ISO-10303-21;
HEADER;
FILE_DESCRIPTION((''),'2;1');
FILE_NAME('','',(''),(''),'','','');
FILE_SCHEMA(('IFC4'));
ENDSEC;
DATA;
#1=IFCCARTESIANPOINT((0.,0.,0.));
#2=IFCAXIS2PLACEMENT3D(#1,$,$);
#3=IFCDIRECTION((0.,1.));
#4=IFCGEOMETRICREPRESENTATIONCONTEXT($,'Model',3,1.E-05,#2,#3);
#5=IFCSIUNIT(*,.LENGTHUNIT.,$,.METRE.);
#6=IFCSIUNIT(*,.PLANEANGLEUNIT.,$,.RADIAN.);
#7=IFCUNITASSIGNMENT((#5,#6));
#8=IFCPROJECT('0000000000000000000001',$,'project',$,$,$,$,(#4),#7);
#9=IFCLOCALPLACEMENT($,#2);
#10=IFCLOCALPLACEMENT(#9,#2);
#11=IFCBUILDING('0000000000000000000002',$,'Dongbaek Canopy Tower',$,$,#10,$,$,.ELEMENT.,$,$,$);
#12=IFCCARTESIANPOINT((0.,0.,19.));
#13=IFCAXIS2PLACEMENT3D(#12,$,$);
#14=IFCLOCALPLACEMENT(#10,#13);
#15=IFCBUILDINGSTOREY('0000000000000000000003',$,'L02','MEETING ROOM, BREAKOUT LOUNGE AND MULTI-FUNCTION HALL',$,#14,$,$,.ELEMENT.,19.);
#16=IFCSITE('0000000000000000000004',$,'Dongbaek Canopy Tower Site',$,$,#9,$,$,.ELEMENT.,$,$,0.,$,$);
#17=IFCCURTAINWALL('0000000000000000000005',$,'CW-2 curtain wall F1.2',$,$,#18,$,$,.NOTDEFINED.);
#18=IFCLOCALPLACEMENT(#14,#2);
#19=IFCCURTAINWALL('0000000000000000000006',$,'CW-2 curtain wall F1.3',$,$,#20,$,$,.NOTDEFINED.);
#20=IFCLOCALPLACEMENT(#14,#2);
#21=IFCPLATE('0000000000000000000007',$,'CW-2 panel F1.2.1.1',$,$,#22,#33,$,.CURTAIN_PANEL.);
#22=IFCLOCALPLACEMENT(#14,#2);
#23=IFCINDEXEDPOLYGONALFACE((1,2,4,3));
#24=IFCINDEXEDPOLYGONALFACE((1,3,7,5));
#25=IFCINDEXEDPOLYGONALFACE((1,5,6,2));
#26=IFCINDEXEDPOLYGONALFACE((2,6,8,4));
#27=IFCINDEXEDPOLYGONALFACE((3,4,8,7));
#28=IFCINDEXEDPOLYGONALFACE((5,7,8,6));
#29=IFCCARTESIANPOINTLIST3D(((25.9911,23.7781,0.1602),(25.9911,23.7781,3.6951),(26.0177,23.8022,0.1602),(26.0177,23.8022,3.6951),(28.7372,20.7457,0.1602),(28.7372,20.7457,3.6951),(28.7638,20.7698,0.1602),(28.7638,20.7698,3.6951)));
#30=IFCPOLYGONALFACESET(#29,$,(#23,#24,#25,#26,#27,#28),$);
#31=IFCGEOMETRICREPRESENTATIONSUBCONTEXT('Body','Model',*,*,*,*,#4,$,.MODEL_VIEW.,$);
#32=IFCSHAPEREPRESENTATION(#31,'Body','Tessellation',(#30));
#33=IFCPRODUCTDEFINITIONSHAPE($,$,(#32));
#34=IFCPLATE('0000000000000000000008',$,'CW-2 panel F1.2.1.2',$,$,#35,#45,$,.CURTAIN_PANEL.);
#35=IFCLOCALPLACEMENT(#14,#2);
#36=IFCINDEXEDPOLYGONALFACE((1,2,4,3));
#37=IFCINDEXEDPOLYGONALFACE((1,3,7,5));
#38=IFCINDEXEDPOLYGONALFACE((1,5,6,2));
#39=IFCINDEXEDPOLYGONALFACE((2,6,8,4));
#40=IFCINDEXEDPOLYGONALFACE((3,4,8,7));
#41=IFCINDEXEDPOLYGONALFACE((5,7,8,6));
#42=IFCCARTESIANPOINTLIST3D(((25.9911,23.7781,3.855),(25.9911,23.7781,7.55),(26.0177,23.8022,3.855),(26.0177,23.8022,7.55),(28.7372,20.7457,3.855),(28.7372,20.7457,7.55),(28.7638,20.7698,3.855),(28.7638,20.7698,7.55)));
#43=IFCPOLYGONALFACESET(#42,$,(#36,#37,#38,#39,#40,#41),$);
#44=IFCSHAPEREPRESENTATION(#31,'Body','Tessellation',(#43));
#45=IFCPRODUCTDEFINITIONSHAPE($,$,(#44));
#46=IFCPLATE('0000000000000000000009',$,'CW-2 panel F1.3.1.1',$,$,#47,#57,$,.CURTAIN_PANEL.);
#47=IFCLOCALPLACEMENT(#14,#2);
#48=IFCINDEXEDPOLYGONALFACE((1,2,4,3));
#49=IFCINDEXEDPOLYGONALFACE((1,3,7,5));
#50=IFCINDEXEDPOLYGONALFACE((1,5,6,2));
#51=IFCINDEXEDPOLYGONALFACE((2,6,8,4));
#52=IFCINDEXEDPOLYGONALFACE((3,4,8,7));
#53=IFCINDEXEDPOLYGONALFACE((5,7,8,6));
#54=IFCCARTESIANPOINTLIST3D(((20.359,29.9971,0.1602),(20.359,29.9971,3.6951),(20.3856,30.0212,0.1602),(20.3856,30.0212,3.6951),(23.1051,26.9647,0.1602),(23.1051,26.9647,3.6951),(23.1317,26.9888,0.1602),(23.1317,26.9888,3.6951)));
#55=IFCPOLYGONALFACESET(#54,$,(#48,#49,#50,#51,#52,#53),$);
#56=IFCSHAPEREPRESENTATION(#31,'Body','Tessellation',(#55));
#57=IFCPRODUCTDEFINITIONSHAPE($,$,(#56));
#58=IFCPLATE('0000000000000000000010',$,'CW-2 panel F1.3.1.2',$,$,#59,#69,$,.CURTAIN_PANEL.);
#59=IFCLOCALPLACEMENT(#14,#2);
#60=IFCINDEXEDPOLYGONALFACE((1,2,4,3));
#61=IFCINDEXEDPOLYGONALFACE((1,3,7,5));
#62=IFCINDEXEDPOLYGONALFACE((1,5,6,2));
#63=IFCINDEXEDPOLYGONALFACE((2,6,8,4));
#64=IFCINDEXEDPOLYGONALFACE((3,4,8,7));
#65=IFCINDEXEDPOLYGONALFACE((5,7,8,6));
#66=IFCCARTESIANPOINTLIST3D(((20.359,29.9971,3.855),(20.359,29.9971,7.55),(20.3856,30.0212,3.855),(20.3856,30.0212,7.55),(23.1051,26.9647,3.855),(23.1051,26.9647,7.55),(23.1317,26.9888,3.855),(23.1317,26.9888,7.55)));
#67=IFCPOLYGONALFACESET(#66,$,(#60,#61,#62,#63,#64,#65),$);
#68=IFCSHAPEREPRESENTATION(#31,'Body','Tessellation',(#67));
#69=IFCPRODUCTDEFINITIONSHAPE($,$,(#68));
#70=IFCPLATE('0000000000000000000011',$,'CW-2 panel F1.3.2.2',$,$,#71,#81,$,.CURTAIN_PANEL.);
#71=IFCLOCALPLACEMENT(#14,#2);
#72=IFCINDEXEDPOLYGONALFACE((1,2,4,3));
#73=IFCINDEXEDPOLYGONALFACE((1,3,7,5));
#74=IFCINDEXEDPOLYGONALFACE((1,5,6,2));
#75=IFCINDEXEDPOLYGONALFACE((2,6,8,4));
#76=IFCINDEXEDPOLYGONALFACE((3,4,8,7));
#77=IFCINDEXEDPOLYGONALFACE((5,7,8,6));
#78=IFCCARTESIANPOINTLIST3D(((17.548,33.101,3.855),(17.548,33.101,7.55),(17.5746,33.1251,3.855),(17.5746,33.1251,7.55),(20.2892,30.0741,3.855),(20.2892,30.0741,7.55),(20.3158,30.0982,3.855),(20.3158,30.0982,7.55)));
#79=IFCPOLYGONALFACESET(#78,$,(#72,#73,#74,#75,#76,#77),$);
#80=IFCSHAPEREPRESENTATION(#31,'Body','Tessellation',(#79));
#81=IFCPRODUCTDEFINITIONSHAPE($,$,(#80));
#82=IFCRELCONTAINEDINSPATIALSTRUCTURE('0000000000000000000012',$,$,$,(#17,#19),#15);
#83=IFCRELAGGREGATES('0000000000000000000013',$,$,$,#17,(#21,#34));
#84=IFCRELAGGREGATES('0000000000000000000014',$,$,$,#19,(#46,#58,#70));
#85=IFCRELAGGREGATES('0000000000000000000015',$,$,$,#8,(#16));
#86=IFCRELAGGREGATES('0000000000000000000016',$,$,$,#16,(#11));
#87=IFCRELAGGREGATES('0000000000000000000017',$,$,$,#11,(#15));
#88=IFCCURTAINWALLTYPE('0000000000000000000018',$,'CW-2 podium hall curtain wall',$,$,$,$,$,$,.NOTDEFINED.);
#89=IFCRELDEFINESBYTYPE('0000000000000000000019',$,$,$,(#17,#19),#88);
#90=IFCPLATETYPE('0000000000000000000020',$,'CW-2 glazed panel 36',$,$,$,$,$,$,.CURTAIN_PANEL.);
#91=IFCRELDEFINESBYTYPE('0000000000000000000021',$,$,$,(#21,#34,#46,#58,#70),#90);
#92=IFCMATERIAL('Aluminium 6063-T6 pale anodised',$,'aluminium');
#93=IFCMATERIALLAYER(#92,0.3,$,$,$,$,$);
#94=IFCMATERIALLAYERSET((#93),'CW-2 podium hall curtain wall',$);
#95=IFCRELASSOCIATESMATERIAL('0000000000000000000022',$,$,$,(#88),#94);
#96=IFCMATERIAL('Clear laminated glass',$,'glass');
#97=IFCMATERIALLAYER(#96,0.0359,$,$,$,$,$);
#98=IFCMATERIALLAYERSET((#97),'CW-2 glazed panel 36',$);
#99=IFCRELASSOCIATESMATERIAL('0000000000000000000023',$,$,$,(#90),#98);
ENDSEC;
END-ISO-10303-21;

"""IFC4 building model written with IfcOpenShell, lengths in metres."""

from ifc_helpers import new_model, si_unit, direction, frame, origin, origin_2d, place, context, subcontext, project, spatial, rectangle, extrude, material, layer, layer_set, type_object, element, aggregate, save


model = new_model("IFC4")

# Units and contexts
model_context = context("Model", 3, precision=1e-05, world=origin(), true_north=direction((0.0, 1.0)))
body_context = subcontext(model_context, "Body", "Model", "MODEL_VIEW")
ifc_project = project(units=[si_unit("LENGTHUNIT", "METRE"), si_unit("PLANEANGLEUNIT", "RADIAN")], contexts=[model_context])

# Site, building, storey
site_placement = place(None, origin())
site = spatial("IfcSite", under=ifc_project, at=site_placement, Name="Dongbaek Canopy Tower Site", CompositionType="ELEMENT", RefElevation=0.0)
building_placement = place(site_placement, origin())
building = spatial("IfcBuilding", under=site, at=building_placement, Name="Dongbaek Canopy Tower", CompositionType="ELEMENT")
storey_placement = place(building_placement, frame((0.0, 0.0, 19.0)))
storey = spatial("IfcBuildingStorey", under=building, at=storey_placement, Name="L02", Description="MEETING ROOM, BREAKOUT LOUNGE AND MULTI-FUNCTION HALL", CompositionType="ELEMENT", Elevation=19.0)

# Curtain wall
ifc_material_1 = material(Name="Aluminium 6063-T6 pale anodised", Category="aluminium")
ifc_layer_1 = layer(ifc_material_1, 0.3)
ifc_layer_set_1 = layer_set([ifc_layer_1], Name="CW-2 podium hall curtain wall")
curtain_wall_type = type_object("IfcCurtainWallType", Name="CW-2 podium hall curtain wall", PredefinedType="NOTDEFINED", material=ifc_layer_set_1)
curtain_wall_1_placement = place(storey_placement, origin())
curtain_wall_1 = element("IfcCurtainWall", 1, at=curtain_wall_1_placement, inside=storey, type_object=curtain_wall_type, Name="CW-2 curtain wall F1.2", PredefinedType="NOTDEFINED")

# Curtain wall
curtain_wall_2_placement = place(storey_placement, origin())
curtain_wall_2 = element("IfcCurtainWall", 2, at=curtain_wall_2_placement, inside=storey, type_object=curtain_wall_type, Name="CW-2 curtain wall F1.3", PredefinedType="NOTDEFINED")

# Plates
ifc_material_2 = material(Name="Clear laminated glass", Category="glass")
ifc_layer_2 = layer(ifc_material_2, 0.0359)
ifc_layer_set_2 = layer_set([ifc_layer_2], Name="CW-2 glazed panel 36")
plate_type = type_object("IfcPlateType", Name="CW-2 glazed panel 36", PredefinedType="CURTAIN_PANEL", material=ifc_layer_set_2)
plate_1_placement = place(storey_placement, frame((27.3774, 22.2739, 0.1602), z_axis=(0.0, 0.0, 1.0), x_axis=(-0.67126, 0.741222, 0.0)))
plate_1 = element("IfcPlate", 3, at=plate_1_placement, type_object=plate_type, Name="CW-2 panel F1.2.1.1", PredefinedType="CURTAIN_PANEL", context=body_context, shape_type="SweptSolid", body=[
    extrude(rectangle(XDim=4.0911, YDim=0.0359, at=origin_2d()), origin(), (0.0, 0.0, 1.0), 3.5349),
])
plate_2_placement = place(storey_placement, frame((27.3774, 22.2739, 3.855), z_axis=(0.0, 0.0, 1.0), x_axis=(-0.67126, 0.741222, 0.0)))
plate_2 = element("IfcPlate", 4, at=plate_2_placement, type_object=plate_type, Name="CW-2 panel F1.2.1.2", PredefinedType="CURTAIN_PANEL", context=body_context, shape_type="SweptSolid", body=[
    extrude(rectangle(XDim=4.0911, YDim=0.0359, at=origin_2d()), origin(), (0.0, 0.0, 1.0), 3.6951),
])
aggregate(curtain_wall_1, [plate_1, plate_2])
plate_3_placement = place(storey_placement, frame((21.7454, 28.4929, 0.1602), z_axis=(0.0, 0.0, 1.0), x_axis=(-0.67126, 0.741222, 0.0)))
plate_3 = element("IfcPlate", 5, at=plate_3_placement, type_object=plate_type, Name="CW-2 panel F1.3.1.1", PredefinedType="CURTAIN_PANEL", context=body_context, shape_type="SweptSolid", body=[
    extrude(rectangle(XDim=4.0911, YDim=0.0359, at=origin_2d()), origin(), (0.0, 0.0, 1.0), 3.5349),
])
plate_4_placement = place(storey_placement, frame((21.7454, 28.4929, 3.855), z_axis=(0.0, 0.0, 1.0), x_axis=(-0.67126, 0.741222, 0.0)))
plate_4 = element("IfcPlate", 6, at=plate_4_placement, type_object=plate_type, Name="CW-2 panel F1.3.1.2", PredefinedType="CURTAIN_PANEL", context=body_context, shape_type="SweptSolid", body=[
    extrude(rectangle(XDim=4.0911, YDim=0.0359, at=origin_2d()), origin(), (0.0, 0.0, 1.0), 3.6951),
])
plate_5_placement = place(storey_placement, frame((18.9319, 31.5996, 3.855), z_axis=(0.0, 0.0, 1.0), x_axis=(-0.67126, 0.741222, 0.0)))
plate_5 = element("IfcPlate", 7, at=plate_5_placement, type_object=plate_type, Name="CW-2 panel F1.3.2.2", PredefinedType="CURTAIN_PANEL", context=body_context, shape_type="SweptSolid", body=[
    extrude(rectangle(XDim=4.0837, YDim=0.0359, at=origin_2d()), origin(), (0.0, 0.0, 1.0), 3.6951),
])
aggregate(curtain_wall_2, [plate_3, plate_4, plate_5])

save(model, "model.ifc")
